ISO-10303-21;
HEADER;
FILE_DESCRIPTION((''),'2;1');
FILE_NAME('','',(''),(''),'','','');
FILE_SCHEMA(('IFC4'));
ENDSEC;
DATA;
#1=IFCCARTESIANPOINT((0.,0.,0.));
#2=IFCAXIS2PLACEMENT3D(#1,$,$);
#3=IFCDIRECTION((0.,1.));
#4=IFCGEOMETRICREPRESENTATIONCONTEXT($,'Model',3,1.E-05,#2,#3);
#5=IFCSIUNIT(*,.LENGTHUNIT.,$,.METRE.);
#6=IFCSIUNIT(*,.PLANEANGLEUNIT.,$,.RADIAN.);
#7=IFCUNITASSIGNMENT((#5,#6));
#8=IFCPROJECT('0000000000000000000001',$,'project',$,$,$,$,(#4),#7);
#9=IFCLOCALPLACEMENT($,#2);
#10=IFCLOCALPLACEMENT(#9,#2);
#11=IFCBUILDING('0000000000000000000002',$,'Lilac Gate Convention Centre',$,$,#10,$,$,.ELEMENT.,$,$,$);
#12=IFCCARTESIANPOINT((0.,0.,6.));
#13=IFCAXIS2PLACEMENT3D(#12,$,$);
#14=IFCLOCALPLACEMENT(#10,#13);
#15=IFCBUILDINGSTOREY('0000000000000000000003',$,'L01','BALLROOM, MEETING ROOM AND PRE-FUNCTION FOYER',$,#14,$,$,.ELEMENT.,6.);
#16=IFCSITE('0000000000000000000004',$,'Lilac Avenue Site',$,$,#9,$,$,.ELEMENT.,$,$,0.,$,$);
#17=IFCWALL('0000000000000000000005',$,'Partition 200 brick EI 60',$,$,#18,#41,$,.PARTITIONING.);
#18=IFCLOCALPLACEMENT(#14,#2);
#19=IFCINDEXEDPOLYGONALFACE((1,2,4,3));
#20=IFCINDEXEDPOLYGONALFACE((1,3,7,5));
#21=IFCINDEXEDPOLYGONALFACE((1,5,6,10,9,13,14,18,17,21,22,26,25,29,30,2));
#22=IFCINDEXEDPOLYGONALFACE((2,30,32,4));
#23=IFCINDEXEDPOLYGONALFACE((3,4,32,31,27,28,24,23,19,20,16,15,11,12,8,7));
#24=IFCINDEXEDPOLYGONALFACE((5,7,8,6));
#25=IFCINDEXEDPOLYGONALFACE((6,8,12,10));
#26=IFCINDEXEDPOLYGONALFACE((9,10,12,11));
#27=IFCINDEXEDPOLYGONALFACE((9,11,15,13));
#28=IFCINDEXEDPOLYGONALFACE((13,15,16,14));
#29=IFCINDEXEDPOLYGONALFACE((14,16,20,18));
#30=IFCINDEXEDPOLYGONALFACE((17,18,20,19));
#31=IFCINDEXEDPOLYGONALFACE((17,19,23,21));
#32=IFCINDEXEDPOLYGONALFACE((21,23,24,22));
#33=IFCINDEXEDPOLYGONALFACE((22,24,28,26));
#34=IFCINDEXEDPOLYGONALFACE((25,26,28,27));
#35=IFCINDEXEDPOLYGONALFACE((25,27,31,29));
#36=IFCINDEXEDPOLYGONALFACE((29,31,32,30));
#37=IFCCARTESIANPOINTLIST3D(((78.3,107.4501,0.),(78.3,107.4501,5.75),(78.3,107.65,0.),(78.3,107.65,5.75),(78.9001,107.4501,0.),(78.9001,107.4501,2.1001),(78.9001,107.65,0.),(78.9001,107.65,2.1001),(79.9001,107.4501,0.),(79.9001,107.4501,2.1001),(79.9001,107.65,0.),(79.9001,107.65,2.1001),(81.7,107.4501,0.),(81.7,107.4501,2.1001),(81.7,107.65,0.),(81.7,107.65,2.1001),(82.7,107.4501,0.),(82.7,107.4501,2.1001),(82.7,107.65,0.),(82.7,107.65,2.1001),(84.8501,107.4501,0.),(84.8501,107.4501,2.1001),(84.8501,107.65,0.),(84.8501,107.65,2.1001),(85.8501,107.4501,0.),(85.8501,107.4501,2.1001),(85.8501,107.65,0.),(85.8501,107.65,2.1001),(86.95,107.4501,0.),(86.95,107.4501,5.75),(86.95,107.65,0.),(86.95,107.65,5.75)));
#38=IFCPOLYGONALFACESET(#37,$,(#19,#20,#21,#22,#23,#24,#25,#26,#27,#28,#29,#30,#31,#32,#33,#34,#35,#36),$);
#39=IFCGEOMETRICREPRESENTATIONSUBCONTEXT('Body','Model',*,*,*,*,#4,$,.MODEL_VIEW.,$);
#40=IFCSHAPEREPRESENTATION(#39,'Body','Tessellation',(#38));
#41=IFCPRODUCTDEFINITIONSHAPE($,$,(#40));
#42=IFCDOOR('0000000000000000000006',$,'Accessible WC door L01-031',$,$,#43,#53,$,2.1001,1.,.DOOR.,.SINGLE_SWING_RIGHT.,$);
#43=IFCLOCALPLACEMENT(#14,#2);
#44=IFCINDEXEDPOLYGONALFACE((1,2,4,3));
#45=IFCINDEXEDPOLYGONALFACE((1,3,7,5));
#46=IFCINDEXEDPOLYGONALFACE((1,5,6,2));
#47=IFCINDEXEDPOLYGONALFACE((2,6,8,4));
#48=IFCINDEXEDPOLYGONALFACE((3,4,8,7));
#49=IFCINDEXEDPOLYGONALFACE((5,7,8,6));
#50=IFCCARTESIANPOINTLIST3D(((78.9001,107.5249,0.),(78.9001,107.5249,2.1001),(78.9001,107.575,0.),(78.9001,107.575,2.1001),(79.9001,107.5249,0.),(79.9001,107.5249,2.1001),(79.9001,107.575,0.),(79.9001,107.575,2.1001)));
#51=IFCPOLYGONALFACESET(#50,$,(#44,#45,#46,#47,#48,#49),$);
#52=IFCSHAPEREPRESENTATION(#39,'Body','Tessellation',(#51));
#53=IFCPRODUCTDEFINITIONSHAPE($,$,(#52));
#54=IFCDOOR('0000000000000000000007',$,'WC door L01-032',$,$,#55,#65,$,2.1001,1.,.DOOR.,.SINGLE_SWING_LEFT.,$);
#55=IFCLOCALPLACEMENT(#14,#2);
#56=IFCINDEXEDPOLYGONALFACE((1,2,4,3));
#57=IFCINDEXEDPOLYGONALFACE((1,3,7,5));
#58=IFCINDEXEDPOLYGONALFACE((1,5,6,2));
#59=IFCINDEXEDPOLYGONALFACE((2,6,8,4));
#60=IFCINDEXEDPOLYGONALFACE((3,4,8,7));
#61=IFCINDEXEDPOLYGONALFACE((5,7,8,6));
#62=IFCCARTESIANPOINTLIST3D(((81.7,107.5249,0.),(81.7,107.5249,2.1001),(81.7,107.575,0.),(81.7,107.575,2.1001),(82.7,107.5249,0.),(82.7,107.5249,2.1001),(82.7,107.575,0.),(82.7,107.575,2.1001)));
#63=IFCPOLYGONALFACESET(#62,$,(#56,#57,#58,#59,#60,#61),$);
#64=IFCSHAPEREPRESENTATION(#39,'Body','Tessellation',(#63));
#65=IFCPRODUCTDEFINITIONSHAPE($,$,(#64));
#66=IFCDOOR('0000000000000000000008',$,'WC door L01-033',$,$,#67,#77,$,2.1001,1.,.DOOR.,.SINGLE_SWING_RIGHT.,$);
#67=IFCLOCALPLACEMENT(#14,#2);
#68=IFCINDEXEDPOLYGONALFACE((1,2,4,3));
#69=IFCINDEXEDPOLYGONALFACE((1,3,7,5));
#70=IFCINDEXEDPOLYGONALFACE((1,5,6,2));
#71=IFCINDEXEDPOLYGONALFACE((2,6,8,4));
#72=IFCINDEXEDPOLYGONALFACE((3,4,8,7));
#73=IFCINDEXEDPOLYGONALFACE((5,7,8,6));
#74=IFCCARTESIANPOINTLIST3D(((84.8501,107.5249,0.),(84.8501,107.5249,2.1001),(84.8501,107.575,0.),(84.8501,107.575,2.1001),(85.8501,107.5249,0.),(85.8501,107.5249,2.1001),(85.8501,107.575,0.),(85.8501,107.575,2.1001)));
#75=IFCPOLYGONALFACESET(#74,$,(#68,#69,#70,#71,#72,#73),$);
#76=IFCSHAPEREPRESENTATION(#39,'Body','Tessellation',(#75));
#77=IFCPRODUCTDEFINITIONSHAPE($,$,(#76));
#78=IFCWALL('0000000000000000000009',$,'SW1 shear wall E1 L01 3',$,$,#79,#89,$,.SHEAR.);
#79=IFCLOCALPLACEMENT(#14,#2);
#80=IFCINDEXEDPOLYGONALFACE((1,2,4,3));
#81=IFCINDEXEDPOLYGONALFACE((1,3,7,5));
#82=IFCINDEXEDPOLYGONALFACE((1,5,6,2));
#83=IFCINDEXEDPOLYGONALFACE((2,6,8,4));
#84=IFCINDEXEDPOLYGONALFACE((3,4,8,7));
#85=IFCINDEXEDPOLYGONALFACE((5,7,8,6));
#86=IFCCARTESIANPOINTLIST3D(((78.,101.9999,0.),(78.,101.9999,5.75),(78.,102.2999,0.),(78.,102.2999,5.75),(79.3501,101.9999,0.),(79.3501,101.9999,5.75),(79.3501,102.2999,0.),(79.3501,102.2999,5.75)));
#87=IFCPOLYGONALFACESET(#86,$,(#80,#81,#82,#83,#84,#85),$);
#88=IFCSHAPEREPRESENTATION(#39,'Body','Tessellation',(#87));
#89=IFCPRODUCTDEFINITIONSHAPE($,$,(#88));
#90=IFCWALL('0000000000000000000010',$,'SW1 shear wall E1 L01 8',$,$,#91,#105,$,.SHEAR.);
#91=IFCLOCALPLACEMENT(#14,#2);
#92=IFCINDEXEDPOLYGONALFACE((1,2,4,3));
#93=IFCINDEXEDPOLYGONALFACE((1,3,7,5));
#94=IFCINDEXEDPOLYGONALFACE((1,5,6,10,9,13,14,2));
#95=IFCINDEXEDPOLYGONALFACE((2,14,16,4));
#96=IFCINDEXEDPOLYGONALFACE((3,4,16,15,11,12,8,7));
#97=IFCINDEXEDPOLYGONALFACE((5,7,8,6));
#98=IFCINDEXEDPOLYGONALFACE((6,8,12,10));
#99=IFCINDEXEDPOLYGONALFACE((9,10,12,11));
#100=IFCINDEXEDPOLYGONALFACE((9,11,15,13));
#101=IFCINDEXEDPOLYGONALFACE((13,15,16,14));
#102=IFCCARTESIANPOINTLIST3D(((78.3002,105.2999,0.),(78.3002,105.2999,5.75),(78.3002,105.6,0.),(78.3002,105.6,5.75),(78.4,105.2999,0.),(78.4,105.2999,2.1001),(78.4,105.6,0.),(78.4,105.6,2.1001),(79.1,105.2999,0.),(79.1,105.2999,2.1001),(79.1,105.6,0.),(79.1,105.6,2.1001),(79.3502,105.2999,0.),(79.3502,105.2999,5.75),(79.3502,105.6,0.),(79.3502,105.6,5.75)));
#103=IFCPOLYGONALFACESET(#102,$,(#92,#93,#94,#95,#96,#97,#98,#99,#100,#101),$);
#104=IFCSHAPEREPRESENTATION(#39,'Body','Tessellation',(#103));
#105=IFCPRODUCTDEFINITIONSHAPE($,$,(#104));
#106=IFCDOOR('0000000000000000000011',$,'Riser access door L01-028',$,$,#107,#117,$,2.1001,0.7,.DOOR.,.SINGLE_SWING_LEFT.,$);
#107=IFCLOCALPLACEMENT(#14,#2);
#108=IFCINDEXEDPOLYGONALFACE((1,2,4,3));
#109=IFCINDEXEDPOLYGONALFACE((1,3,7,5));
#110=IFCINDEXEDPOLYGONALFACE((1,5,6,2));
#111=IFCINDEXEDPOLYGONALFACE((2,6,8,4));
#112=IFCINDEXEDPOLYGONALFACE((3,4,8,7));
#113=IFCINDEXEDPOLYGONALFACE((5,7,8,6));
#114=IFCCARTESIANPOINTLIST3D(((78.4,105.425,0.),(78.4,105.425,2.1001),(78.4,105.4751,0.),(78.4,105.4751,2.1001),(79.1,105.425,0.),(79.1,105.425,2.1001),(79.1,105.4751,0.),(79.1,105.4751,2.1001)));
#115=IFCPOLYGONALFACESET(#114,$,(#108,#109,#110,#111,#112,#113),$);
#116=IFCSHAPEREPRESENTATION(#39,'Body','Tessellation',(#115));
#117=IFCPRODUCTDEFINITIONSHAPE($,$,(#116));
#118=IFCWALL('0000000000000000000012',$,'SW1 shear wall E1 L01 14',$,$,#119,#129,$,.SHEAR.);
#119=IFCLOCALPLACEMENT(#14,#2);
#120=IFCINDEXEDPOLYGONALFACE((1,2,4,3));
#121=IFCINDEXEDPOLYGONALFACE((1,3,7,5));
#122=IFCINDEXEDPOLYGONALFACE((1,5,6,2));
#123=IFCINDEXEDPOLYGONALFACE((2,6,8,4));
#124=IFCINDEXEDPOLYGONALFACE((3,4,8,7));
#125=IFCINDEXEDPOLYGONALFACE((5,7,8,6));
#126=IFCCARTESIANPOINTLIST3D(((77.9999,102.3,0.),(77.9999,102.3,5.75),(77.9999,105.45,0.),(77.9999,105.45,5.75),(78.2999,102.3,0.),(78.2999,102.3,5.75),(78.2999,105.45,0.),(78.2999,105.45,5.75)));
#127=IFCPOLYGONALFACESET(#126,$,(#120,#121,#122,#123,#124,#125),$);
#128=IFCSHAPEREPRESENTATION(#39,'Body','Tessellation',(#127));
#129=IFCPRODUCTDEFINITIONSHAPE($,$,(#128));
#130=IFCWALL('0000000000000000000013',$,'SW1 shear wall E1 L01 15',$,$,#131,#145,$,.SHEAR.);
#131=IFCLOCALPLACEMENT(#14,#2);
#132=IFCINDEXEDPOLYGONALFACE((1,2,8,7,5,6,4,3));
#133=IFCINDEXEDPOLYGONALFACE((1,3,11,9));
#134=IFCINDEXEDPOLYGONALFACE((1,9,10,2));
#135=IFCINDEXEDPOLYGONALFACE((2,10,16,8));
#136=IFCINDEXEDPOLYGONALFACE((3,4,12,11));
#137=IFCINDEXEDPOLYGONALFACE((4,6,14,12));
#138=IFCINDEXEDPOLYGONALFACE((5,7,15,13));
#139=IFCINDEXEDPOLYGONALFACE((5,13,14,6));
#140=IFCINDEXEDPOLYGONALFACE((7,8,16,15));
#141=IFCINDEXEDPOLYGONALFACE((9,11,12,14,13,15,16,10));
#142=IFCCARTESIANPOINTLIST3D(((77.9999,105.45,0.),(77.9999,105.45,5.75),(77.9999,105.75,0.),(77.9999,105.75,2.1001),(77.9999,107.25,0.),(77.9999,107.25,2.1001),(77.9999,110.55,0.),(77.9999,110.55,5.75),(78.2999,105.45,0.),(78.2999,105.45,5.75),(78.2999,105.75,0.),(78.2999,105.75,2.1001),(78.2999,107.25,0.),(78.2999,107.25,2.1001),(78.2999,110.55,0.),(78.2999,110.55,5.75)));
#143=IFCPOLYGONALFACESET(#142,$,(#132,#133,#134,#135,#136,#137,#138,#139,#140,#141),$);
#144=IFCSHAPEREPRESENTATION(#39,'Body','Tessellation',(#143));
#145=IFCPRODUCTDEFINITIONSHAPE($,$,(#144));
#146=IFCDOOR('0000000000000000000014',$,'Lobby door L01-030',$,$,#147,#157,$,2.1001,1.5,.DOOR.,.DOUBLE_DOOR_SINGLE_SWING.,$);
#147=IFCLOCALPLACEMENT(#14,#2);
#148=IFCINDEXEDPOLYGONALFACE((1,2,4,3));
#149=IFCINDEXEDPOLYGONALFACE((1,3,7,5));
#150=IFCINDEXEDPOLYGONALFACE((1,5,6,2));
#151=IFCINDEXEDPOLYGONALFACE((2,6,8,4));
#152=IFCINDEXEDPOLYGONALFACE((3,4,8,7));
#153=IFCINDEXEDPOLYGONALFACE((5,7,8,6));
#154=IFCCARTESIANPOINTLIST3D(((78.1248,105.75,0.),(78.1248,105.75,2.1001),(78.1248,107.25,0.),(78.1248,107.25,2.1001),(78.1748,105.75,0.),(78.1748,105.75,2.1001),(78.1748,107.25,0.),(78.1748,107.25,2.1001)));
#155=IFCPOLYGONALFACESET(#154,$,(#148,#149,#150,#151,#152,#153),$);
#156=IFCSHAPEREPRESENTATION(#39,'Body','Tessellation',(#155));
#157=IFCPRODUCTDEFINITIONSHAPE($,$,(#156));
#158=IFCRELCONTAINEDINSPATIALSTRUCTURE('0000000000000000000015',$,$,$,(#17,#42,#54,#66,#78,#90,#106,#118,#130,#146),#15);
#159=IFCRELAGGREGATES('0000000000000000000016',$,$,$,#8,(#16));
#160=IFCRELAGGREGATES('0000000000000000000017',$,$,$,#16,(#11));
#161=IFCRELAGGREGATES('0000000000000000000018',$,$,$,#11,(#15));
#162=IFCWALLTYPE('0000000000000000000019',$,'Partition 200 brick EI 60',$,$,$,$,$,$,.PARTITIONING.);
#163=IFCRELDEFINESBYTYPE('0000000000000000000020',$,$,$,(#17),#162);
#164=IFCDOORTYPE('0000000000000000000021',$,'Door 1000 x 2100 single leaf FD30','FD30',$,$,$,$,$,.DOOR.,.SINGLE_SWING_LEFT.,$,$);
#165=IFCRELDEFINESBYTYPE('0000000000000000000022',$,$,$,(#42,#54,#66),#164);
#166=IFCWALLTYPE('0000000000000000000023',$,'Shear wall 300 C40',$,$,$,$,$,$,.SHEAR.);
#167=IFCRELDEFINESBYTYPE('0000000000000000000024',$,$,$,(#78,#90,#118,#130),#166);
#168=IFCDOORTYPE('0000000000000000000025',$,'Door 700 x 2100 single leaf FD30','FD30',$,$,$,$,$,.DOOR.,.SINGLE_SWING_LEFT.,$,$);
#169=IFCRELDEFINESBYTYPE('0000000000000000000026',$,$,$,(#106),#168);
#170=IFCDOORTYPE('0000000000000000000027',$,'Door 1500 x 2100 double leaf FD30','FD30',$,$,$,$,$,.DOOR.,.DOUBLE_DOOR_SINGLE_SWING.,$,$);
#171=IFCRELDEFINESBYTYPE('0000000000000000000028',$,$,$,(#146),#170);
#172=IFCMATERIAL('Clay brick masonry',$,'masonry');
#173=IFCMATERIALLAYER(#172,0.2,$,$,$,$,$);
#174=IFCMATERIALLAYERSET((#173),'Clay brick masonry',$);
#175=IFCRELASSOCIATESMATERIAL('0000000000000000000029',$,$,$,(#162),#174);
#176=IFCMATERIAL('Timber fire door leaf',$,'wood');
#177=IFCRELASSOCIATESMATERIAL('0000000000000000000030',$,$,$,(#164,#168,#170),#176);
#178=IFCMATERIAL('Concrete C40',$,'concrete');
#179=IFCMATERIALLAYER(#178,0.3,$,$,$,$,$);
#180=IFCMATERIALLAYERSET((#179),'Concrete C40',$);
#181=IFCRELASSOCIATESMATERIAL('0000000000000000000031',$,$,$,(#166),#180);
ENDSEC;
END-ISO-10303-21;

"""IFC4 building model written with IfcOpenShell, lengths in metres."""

from ifc_helpers import new_model, si_unit, direction, frame, frame_2d, origin, place, context, subcontext, project, spatial, rectangle, extrude, material, layer, layer_set, type_object, element, fill, save


model = new_model("IFC4")

# Units and contexts
model_context = context("Model", 3, precision=1e-05, world=origin(), true_north=direction((0.0, 1.0)))
body_context = subcontext(model_context, "Body", "Model", "MODEL_VIEW")
ifc_project = project(units=[si_unit("LENGTHUNIT", "METRE"), si_unit("PLANEANGLEUNIT", "RADIAN")], contexts=[model_context])

# Site, building, storey
site_placement = place(None, origin())
site = spatial("IfcSite", under=ifc_project, at=site_placement, Name="Lilac Avenue Site", CompositionType="ELEMENT", RefElevation=0.0)
building_placement = place(site_placement, origin())
building = spatial("IfcBuilding", under=site, at=building_placement, Name="Lilac Gate Convention Centre", CompositionType="ELEMENT")
storey_placement = place(building_placement, frame((0.0, 0.0, 6.0)))
storey = spatial("IfcBuildingStorey", under=building, at=storey_placement, Name="L01", Description="BALLROOM, MEETING ROOM AND PRE-FUNCTION FOYER", CompositionType="ELEMENT", Elevation=6.0)

# Shared definitions
ifc_material_1 = material(Name="Concrete C40", Category="concrete")

# Wall, openings, doors
ifc_material_2 = material(Name="Clay brick masonry", Category="masonry")
ifc_layer_1 = layer(ifc_material_2, 0.2)
ifc_layer_set_1 = layer_set([ifc_layer_1], Name="Clay brick masonry")
wall_type_1 = type_object("IfcWallType", Name="Partition 200 brick EI 60", PredefinedType="PARTITIONING", material=ifc_layer_set_1)
wall_1_placement = place(storey_placement, frame((78.3, 107.55, 0.0), z_axis=(0.0, 0.0, 1.0), x_axis=(1.0, 0.0, 0.0)))
wall_1 = element("IfcWall", 1, at=wall_1_placement, inside=storey, type_object=wall_type_1, Name="Partition 200 brick EI 60", PredefinedType="PARTITIONING", context=body_context, shape_type="SweptSolid", body=[
    extrude(rectangle(XDim=8.6499, YDim=0.2, at=frame_2d((4.325, 0.0))), origin(), (0.0, 0.0, 1.0), 5.75),
])
opening_1_placement = place(wall_1_placement, frame((0.6001, 0.0, 0.0)))
opening_1 = element("IfcOpeningElement", 2, at=opening_1_placement, cuts=wall_1, PredefinedType="OPENING", context=body_context, shape_type="SweptSolid", body=[
    extrude(rectangle(XDim=1.0, YDim=2.1001, at=frame_2d((0.5, 1.05))), frame((0.0, 0.1099, 0.0), z_axis=(0.0, -1.0, 0.0), x_axis=(1.0, 0.0, 0.0)), (0.0, 0.0, 1.0), 0.22),
])
opening_2_placement = place(wall_1_placement, frame((3.3999, 0.0, 0.0)))
opening_2 = element("IfcOpeningElement", 3, at=opening_2_placement, cuts=wall_1, PredefinedType="OPENING", context=body_context, shape_type="SweptSolid", body=[
    extrude(rectangle(XDim=1.0, YDim=2.1001, at=frame_2d((0.5, 1.05))), frame((0.0, 0.1099, 0.0), z_axis=(0.0, -1.0, 0.0), x_axis=(1.0, 0.0, 0.0)), (0.0, 0.0, 1.0), 0.22),
])
opening_3_placement = place(wall_1_placement, frame((6.55, 0.0, 0.0)))
opening_3 = element("IfcOpeningElement", 4, at=opening_3_placement, cuts=wall_1, PredefinedType="OPENING", context=body_context, shape_type="SweptSolid", body=[
    extrude(rectangle(XDim=1.0, YDim=2.1001, at=frame_2d((0.5, 1.05))), frame((0.0, 0.1099, 0.0), z_axis=(0.0, -1.0, 0.0), x_axis=(1.0, 0.0, 0.0)), (0.0, 0.0, 1.0), 0.22),
])
ifc_material_3 = material(Name="Timber fire door leaf", Category="wood")
door_type_1 = type_object("IfcDoorType", Name="Door 1000 x 2100 single leaf FD30", Description="FD30", OperationType="SINGLE_SWING_LEFT", PredefinedType="DOOR", material=ifc_material_3)
door_1_placement = place(opening_1_placement, origin())
door_1 = element("IfcDoor", 5, at=door_1_placement, inside=storey, type_object=door_type_1, Name="Accessible WC door L01-031", OperationType="SINGLE_SWING_RIGHT", OverallHeight=2.1001, OverallWidth=1.0, PredefinedType="DOOR", context=body_context, shape_type="SweptSolid", body=[
    extrude(rectangle(XDim=1.0, YDim=2.1001, at=frame_2d((0.5, 1.05))), frame((0.0, 0.0249, 0.0), z_axis=(0.0, -1.0, 0.0), x_axis=(1.0, 0.0, 0.0)), (0.0, 0.0, 1.0), 0.05),
])
fill(opening_1, door_1)
door_2_placement = place(opening_2_placement, origin())
door_2 = element("IfcDoor", 6, at=door_2_placement, inside=storey, type_object=door_type_1, Name="WC door L01-032", OperationType="SINGLE_SWING_LEFT", OverallHeight=2.1001, OverallWidth=1.0, PredefinedType="DOOR", context=body_context, shape_type="SweptSolid", body=[
    extrude(rectangle(XDim=1.0, YDim=2.1001, at=frame_2d((0.5, 1.05))), frame((0.0, 0.0249, 0.0), z_axis=(0.0, -1.0, 0.0), x_axis=(1.0, 0.0, 0.0)), (0.0, 0.0, 1.0), 0.05),
])
fill(opening_2, door_2)
door_3_placement = place(opening_3_placement, origin())
door_3 = element("IfcDoor", 7, at=door_3_placement, inside=storey, type_object=door_type_1, Name="WC door L01-033", OperationType="SINGLE_SWING_RIGHT", OverallHeight=2.1001, OverallWidth=1.0, PredefinedType="DOOR", context=body_context, shape_type="SweptSolid", body=[
    extrude(rectangle(XDim=1.0, YDim=2.1001, at=frame_2d((0.5, 1.05))), frame((0.0, 0.0249, 0.0), z_axis=(0.0, -1.0, 0.0), x_axis=(1.0, 0.0, 0.0)), (0.0, 0.0, 1.0), 0.05),
])
fill(opening_3, door_3)

# Wall
ifc_layer_2 = layer(ifc_material_1, 0.3)
ifc_layer_set_2 = layer_set([ifc_layer_2], Name="Concrete C40")
wall_type_2 = type_object("IfcWallType", Name="Shear wall 300 C40", PredefinedType="SHEAR", material=ifc_layer_set_2)
wall_2_placement = place(storey_placement, frame((79.3501, 102.1499, 0.0), z_axis=(0.0, 0.0, 1.0), x_axis=(-1.0, 0.0, 0.0)))
element("IfcWall", 8, at=wall_2_placement, inside=storey, type_object=wall_type_2, Name="SW1 shear wall E1 L01 3", PredefinedType="SHEAR", context=body_context, shape_type="SweptSolid", body=[
    extrude(rectangle(XDim=1.3501, YDim=0.3, at=frame_2d((0.675, 0.0))), origin(), (0.0, 0.0, 1.0), 5.75),
])

# Wall, opening, door
wall_3_placement = place(storey_placement, frame((79.3501, 105.45, 0.0), z_axis=(0.0, 0.0, 1.0), x_axis=(-1.0, 0.0, 0.0)))
wall_3 = element("IfcWall", 9, at=wall_3_placement, inside=storey, type_object=wall_type_2, Name="SW1 shear wall E1 L01 8", PredefinedType="SHEAR", context=body_context, shape_type="SweptSolid", body=[
    extrude(rectangle(XDim=1.05, YDim=0.3, at=frame_2d((0.5249, 0.0))), origin(), (0.0, 0.0, 1.0), 5.75),
])
opening_4_placement = place(wall_3_placement, frame((0.25, 0.0, 0.0)))
opening_4 = element("IfcOpeningElement", 10, at=opening_4_placement, cuts=wall_3, PredefinedType="OPENING", context=body_context, shape_type="SweptSolid", body=[
    extrude(rectangle(XDim=0.7, YDim=2.1001, at=frame_2d((0.3501, 1.05))), frame((0.0, 0.1599, 0.0), z_axis=(0.0, -1.0, 0.0), x_axis=(1.0, 0.0, 0.0)), (0.0, 0.0, 1.0), 0.3201),
])
door_type_2 = type_object("IfcDoorType", Name="Door 700 x 2100 single leaf FD30", Description="FD30", OperationType="SINGLE_SWING_LEFT", PredefinedType="DOOR", material=ifc_material_3)
door_4_placement = place(opening_4_placement, origin())
door_4 = element("IfcDoor", 11, at=door_4_placement, inside=storey, type_object=door_type_2, Name="Riser access door L01-028", OperationType="SINGLE_SWING_LEFT", OverallHeight=2.1001, OverallWidth=0.7, PredefinedType="DOOR", context=body_context, shape_type="SweptSolid", body=[
    extrude(rectangle(XDim=0.7, YDim=2.1001, at=frame_2d((0.3501, 1.05))), frame((0.0, 0.0249, 0.0), z_axis=(0.0, -1.0, 0.0), x_axis=(1.0, 0.0, 0.0)), (0.0, 0.0, 1.0), 0.05),
])
fill(opening_4, door_4)

# Wall
wall_4_placement = place(storey_placement, frame((78.1499, 102.3, 0.0), z_axis=(0.0, 0.0, 1.0), x_axis=(0.0, 1.0, 0.0)))
element("IfcWall", 12, at=wall_4_placement, inside=storey, type_object=wall_type_2, Name="SW1 shear wall E1 L01 14", PredefinedType="SHEAR", context=body_context, shape_type="SweptSolid", body=[
    extrude(rectangle(XDim=3.1499, YDim=0.3, at=frame_2d((1.575, 0.0))), origin(), (0.0, 0.0, 1.0), 5.75),
])

# Wall, opening, door
wall_5_placement = place(storey_placement, frame((78.1499, 105.45, 0.0), z_axis=(0.0, 0.0, 1.0), x_axis=(0.0, 1.0, 0.0)))
wall_5 = element("IfcWall", 13, at=wall_5_placement, inside=storey, type_object=wall_type_2, Name="SW1 shear wall E1 L01 15", PredefinedType="SHEAR", context=body_context, shape_type="SweptSolid", body=[
    extrude(rectangle(XDim=5.1001, YDim=0.3, at=frame_2d((2.55, 0.0))), origin(), (0.0, 0.0, 1.0), 5.75),
])
opening_5_placement = place(wall_5_placement, frame((0.3, 0.0, 0.0)))
opening_5 = element("IfcOpeningElement", 14, at=opening_5_placement, cuts=wall_5, PredefinedType="OPENING", context=body_context, shape_type="SweptSolid", body=[
    extrude(rectangle(XDim=1.5, YDim=2.1001, at=frame_2d((0.75, 1.05))), frame((0.0, 0.1599, 0.0), z_axis=(0.0, -1.0, 0.0), x_axis=(1.0, 0.0, 0.0)), (0.0, 0.0, 1.0), 0.3201),
])
door_type_3 = type_object("IfcDoorType", Name="Door 1500 x 2100 double leaf FD30", Description="FD30", OperationType="DOUBLE_DOOR_SINGLE_SWING", PredefinedType="DOOR", material=ifc_material_3)
door_5_placement = place(opening_5_placement, frame((1.5, 0.0, 0.0), z_axis=(0.0, 0.0, 1.0), x_axis=(-1.0, 0.0, 0.0)))
door_5 = element("IfcDoor", 15, at=door_5_placement, inside=storey, type_object=door_type_3, Name="Lobby door L01-030", OperationType="DOUBLE_DOOR_SINGLE_SWING", OverallHeight=2.1001, OverallWidth=1.5, PredefinedType="DOOR", context=body_context, shape_type="SweptSolid", body=[
    extrude(rectangle(XDim=1.5, YDim=2.1001, at=frame_2d((0.75, 1.05))), frame((0.0, 0.0249, 0.0), z_axis=(0.0, -1.0, 0.0), x_axis=(1.0, 0.0, 0.0)), (0.0, 0.0, 1.0), 0.05),
])
fill(opening_5, door_5)

save(model, "model.ifc")
